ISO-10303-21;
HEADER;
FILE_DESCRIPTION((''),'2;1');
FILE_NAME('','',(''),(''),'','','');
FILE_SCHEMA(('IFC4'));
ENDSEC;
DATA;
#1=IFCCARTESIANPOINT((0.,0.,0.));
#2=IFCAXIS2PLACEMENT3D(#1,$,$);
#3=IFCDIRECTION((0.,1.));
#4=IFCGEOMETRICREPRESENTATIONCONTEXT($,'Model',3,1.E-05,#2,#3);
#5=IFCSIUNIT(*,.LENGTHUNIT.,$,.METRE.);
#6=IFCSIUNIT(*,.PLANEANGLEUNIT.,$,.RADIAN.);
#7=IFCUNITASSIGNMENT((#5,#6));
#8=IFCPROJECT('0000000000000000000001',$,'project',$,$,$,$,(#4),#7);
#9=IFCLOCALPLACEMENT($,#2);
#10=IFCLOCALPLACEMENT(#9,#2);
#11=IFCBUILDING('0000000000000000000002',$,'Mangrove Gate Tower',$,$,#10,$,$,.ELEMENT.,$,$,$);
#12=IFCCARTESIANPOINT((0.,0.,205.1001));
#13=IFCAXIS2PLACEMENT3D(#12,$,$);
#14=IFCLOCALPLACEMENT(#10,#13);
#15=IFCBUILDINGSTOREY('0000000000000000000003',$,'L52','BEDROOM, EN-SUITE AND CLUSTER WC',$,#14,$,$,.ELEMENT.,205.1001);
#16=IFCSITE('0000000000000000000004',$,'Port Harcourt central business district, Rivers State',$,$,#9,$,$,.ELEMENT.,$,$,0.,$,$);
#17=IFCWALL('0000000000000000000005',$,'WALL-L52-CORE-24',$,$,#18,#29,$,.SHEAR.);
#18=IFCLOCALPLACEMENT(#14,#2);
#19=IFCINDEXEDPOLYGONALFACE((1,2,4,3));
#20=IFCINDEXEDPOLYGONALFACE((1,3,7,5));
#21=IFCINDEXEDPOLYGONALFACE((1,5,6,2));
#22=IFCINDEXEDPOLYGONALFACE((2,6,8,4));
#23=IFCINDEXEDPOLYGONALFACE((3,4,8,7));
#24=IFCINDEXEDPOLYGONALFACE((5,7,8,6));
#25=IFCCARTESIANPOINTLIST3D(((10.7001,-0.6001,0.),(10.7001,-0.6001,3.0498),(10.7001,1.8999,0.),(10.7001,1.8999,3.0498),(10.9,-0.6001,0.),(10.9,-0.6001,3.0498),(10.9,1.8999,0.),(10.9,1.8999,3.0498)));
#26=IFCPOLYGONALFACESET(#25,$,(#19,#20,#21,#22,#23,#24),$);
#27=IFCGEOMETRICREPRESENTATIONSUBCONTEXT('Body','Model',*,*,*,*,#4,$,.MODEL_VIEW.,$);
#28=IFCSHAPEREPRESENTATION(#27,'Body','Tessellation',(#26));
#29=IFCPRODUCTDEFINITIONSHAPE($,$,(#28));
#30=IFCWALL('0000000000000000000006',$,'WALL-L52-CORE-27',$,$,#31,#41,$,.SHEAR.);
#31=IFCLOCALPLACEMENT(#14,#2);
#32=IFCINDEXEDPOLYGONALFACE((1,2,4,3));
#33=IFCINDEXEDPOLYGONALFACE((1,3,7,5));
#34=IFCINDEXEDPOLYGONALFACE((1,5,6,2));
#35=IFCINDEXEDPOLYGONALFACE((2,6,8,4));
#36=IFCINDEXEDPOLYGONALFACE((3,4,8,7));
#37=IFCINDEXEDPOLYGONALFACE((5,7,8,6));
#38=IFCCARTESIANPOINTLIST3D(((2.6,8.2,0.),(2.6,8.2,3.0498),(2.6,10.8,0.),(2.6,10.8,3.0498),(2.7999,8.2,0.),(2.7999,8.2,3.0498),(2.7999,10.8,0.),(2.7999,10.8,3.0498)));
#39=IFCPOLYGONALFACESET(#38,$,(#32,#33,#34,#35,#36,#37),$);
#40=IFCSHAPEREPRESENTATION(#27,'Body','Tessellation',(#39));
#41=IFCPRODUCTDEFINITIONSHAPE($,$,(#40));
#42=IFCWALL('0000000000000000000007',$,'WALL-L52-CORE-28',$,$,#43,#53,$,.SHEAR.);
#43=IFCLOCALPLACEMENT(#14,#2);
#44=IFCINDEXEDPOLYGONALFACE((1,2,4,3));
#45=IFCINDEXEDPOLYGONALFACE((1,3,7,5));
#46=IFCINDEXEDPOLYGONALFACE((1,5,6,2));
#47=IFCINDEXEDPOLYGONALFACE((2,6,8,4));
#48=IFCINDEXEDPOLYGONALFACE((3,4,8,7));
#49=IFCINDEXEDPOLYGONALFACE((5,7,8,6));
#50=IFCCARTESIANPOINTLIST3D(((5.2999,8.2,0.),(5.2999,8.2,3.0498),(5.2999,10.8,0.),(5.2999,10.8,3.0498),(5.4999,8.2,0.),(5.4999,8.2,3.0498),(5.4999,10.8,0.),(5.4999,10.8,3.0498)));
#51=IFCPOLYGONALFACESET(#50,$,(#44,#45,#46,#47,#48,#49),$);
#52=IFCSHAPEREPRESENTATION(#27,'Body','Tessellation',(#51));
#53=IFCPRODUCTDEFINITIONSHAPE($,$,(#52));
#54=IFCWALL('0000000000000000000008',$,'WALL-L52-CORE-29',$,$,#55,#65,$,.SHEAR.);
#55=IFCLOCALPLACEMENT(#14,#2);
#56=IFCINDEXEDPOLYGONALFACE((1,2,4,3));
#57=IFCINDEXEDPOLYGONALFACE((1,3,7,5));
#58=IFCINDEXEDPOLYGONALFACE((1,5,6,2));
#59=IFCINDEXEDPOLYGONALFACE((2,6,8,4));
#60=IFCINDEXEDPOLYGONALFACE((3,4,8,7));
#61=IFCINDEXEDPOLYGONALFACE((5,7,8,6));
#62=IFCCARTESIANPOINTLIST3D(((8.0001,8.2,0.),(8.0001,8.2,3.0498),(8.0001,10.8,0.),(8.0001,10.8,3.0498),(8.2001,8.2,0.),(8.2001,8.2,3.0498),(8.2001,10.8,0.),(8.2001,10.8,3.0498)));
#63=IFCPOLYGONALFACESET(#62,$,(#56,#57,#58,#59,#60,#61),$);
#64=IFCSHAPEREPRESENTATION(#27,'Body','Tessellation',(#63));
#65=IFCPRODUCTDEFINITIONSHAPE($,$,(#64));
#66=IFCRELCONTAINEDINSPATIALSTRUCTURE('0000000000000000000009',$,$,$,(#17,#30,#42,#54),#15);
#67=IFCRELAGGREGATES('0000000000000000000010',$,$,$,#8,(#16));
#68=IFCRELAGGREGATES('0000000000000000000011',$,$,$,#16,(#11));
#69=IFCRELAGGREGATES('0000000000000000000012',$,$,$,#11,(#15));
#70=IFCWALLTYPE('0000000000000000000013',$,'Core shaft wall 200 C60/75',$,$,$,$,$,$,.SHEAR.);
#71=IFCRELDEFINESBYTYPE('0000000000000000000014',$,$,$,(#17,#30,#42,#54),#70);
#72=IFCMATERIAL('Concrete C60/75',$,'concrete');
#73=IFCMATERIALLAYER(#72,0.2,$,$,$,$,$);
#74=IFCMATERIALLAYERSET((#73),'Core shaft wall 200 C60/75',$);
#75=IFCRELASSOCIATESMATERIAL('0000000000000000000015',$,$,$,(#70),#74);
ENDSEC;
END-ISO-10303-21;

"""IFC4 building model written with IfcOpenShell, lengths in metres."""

from ifc_helpers import new_model, si_unit, direction, frame, frame_2d, origin, place, context, subcontext, project, spatial, rectangle, extrude, material, layer, layer_set, type_object, element, save


model = new_model("IFC4")

# Units and contexts
model_context = context("Model", 3, precision=1e-05, world=origin(), true_north=direction((0.0, 1.0)))
body_context = subcontext(model_context, "Body", "Model", "MODEL_VIEW")
ifc_project = project(units=[si_unit("LENGTHUNIT", "METRE"), si_unit("PLANEANGLEUNIT", "RADIAN")], contexts=[model_context])

# Site, building, storey
site_placement = place(None, origin())
site = spatial("IfcSite", under=ifc_project, at=site_placement, Name="Port Harcourt central business district, Rivers State", CompositionType="ELEMENT", RefElevation=0.0)
building_placement = place(site_placement, origin())
building = spatial("IfcBuilding", under=site, at=building_placement, Name="Mangrove Gate Tower", CompositionType="ELEMENT")
storey_placement = place(building_placement, frame((0.0, 0.0, 205.1001)))
storey = spatial("IfcBuildingStorey", under=building, at=storey_placement, Name="L52", Description="BEDROOM, EN-SUITE AND CLUSTER WC", CompositionType="ELEMENT", Elevation=205.1001)

# Walls
ifc_material_1 = material(Name="Concrete C60/75", Category="concrete")
ifc_layer_1 = layer(ifc_material_1, 0.2)
ifc_layer_set_1 = layer_set([ifc_layer_1], Name="Core shaft wall 200 C60/75")
wall_type = type_object("IfcWallType", Name="Core shaft wall 200 C60/75", PredefinedType="SHEAR", material=ifc_layer_set_1)
for number, where, z_axis, x_axis, name in (
    (1, (10.8, -0.6001, 0.0), (0.0, 0.0, 1.0), (0.0, 1.0, 0.0), "WALL-L52-CORE-24"),
):
    element("IfcWall", number, at=place(storey_placement, frame(where, z_axis=z_axis, x_axis=x_axis)), inside=storey, type_object=wall_type, Name=name, PredefinedType="SHEAR", context=body_context, shape_type="SweptSolid", body=[
        extrude(rectangle(XDim=2.5, YDim=0.2, at=frame_2d((1.25, 0.0))), origin(), (0.0, 0.0, 1.0), 3.0498),
    ])
for number, where, z_axis, x_axis, name in (
    (2, (2.7, 8.2, 0.0), (0.0, 0.0, 1.0), (0.0, 1.0, 0.0), "WALL-L52-CORE-27"),
    (3, (5.3999, 8.2, 0.0), (0.0, 0.0, 1.0), (0.0, 1.0, 0.0), "WALL-L52-CORE-28"),
    (4, (8.1001, 8.2, 0.0), (0.0, 0.0, 1.0), (0.0, 1.0, 0.0), "WALL-L52-CORE-29"),
):
    element("IfcWall", number, at=place(storey_placement, frame(where, z_axis=z_axis, x_axis=x_axis)), inside=storey, type_object=wall_type, Name=name, PredefinedType="SHEAR", context=body_context, shape_type="SweptSolid", body=[
        extrude(rectangle(XDim=2.6001, YDim=0.2, at=frame_2d((1.3, 0.0))), origin(), (0.0, 0.0, 1.0), 3.0498),
    ])

save(model, "model.ifc")
